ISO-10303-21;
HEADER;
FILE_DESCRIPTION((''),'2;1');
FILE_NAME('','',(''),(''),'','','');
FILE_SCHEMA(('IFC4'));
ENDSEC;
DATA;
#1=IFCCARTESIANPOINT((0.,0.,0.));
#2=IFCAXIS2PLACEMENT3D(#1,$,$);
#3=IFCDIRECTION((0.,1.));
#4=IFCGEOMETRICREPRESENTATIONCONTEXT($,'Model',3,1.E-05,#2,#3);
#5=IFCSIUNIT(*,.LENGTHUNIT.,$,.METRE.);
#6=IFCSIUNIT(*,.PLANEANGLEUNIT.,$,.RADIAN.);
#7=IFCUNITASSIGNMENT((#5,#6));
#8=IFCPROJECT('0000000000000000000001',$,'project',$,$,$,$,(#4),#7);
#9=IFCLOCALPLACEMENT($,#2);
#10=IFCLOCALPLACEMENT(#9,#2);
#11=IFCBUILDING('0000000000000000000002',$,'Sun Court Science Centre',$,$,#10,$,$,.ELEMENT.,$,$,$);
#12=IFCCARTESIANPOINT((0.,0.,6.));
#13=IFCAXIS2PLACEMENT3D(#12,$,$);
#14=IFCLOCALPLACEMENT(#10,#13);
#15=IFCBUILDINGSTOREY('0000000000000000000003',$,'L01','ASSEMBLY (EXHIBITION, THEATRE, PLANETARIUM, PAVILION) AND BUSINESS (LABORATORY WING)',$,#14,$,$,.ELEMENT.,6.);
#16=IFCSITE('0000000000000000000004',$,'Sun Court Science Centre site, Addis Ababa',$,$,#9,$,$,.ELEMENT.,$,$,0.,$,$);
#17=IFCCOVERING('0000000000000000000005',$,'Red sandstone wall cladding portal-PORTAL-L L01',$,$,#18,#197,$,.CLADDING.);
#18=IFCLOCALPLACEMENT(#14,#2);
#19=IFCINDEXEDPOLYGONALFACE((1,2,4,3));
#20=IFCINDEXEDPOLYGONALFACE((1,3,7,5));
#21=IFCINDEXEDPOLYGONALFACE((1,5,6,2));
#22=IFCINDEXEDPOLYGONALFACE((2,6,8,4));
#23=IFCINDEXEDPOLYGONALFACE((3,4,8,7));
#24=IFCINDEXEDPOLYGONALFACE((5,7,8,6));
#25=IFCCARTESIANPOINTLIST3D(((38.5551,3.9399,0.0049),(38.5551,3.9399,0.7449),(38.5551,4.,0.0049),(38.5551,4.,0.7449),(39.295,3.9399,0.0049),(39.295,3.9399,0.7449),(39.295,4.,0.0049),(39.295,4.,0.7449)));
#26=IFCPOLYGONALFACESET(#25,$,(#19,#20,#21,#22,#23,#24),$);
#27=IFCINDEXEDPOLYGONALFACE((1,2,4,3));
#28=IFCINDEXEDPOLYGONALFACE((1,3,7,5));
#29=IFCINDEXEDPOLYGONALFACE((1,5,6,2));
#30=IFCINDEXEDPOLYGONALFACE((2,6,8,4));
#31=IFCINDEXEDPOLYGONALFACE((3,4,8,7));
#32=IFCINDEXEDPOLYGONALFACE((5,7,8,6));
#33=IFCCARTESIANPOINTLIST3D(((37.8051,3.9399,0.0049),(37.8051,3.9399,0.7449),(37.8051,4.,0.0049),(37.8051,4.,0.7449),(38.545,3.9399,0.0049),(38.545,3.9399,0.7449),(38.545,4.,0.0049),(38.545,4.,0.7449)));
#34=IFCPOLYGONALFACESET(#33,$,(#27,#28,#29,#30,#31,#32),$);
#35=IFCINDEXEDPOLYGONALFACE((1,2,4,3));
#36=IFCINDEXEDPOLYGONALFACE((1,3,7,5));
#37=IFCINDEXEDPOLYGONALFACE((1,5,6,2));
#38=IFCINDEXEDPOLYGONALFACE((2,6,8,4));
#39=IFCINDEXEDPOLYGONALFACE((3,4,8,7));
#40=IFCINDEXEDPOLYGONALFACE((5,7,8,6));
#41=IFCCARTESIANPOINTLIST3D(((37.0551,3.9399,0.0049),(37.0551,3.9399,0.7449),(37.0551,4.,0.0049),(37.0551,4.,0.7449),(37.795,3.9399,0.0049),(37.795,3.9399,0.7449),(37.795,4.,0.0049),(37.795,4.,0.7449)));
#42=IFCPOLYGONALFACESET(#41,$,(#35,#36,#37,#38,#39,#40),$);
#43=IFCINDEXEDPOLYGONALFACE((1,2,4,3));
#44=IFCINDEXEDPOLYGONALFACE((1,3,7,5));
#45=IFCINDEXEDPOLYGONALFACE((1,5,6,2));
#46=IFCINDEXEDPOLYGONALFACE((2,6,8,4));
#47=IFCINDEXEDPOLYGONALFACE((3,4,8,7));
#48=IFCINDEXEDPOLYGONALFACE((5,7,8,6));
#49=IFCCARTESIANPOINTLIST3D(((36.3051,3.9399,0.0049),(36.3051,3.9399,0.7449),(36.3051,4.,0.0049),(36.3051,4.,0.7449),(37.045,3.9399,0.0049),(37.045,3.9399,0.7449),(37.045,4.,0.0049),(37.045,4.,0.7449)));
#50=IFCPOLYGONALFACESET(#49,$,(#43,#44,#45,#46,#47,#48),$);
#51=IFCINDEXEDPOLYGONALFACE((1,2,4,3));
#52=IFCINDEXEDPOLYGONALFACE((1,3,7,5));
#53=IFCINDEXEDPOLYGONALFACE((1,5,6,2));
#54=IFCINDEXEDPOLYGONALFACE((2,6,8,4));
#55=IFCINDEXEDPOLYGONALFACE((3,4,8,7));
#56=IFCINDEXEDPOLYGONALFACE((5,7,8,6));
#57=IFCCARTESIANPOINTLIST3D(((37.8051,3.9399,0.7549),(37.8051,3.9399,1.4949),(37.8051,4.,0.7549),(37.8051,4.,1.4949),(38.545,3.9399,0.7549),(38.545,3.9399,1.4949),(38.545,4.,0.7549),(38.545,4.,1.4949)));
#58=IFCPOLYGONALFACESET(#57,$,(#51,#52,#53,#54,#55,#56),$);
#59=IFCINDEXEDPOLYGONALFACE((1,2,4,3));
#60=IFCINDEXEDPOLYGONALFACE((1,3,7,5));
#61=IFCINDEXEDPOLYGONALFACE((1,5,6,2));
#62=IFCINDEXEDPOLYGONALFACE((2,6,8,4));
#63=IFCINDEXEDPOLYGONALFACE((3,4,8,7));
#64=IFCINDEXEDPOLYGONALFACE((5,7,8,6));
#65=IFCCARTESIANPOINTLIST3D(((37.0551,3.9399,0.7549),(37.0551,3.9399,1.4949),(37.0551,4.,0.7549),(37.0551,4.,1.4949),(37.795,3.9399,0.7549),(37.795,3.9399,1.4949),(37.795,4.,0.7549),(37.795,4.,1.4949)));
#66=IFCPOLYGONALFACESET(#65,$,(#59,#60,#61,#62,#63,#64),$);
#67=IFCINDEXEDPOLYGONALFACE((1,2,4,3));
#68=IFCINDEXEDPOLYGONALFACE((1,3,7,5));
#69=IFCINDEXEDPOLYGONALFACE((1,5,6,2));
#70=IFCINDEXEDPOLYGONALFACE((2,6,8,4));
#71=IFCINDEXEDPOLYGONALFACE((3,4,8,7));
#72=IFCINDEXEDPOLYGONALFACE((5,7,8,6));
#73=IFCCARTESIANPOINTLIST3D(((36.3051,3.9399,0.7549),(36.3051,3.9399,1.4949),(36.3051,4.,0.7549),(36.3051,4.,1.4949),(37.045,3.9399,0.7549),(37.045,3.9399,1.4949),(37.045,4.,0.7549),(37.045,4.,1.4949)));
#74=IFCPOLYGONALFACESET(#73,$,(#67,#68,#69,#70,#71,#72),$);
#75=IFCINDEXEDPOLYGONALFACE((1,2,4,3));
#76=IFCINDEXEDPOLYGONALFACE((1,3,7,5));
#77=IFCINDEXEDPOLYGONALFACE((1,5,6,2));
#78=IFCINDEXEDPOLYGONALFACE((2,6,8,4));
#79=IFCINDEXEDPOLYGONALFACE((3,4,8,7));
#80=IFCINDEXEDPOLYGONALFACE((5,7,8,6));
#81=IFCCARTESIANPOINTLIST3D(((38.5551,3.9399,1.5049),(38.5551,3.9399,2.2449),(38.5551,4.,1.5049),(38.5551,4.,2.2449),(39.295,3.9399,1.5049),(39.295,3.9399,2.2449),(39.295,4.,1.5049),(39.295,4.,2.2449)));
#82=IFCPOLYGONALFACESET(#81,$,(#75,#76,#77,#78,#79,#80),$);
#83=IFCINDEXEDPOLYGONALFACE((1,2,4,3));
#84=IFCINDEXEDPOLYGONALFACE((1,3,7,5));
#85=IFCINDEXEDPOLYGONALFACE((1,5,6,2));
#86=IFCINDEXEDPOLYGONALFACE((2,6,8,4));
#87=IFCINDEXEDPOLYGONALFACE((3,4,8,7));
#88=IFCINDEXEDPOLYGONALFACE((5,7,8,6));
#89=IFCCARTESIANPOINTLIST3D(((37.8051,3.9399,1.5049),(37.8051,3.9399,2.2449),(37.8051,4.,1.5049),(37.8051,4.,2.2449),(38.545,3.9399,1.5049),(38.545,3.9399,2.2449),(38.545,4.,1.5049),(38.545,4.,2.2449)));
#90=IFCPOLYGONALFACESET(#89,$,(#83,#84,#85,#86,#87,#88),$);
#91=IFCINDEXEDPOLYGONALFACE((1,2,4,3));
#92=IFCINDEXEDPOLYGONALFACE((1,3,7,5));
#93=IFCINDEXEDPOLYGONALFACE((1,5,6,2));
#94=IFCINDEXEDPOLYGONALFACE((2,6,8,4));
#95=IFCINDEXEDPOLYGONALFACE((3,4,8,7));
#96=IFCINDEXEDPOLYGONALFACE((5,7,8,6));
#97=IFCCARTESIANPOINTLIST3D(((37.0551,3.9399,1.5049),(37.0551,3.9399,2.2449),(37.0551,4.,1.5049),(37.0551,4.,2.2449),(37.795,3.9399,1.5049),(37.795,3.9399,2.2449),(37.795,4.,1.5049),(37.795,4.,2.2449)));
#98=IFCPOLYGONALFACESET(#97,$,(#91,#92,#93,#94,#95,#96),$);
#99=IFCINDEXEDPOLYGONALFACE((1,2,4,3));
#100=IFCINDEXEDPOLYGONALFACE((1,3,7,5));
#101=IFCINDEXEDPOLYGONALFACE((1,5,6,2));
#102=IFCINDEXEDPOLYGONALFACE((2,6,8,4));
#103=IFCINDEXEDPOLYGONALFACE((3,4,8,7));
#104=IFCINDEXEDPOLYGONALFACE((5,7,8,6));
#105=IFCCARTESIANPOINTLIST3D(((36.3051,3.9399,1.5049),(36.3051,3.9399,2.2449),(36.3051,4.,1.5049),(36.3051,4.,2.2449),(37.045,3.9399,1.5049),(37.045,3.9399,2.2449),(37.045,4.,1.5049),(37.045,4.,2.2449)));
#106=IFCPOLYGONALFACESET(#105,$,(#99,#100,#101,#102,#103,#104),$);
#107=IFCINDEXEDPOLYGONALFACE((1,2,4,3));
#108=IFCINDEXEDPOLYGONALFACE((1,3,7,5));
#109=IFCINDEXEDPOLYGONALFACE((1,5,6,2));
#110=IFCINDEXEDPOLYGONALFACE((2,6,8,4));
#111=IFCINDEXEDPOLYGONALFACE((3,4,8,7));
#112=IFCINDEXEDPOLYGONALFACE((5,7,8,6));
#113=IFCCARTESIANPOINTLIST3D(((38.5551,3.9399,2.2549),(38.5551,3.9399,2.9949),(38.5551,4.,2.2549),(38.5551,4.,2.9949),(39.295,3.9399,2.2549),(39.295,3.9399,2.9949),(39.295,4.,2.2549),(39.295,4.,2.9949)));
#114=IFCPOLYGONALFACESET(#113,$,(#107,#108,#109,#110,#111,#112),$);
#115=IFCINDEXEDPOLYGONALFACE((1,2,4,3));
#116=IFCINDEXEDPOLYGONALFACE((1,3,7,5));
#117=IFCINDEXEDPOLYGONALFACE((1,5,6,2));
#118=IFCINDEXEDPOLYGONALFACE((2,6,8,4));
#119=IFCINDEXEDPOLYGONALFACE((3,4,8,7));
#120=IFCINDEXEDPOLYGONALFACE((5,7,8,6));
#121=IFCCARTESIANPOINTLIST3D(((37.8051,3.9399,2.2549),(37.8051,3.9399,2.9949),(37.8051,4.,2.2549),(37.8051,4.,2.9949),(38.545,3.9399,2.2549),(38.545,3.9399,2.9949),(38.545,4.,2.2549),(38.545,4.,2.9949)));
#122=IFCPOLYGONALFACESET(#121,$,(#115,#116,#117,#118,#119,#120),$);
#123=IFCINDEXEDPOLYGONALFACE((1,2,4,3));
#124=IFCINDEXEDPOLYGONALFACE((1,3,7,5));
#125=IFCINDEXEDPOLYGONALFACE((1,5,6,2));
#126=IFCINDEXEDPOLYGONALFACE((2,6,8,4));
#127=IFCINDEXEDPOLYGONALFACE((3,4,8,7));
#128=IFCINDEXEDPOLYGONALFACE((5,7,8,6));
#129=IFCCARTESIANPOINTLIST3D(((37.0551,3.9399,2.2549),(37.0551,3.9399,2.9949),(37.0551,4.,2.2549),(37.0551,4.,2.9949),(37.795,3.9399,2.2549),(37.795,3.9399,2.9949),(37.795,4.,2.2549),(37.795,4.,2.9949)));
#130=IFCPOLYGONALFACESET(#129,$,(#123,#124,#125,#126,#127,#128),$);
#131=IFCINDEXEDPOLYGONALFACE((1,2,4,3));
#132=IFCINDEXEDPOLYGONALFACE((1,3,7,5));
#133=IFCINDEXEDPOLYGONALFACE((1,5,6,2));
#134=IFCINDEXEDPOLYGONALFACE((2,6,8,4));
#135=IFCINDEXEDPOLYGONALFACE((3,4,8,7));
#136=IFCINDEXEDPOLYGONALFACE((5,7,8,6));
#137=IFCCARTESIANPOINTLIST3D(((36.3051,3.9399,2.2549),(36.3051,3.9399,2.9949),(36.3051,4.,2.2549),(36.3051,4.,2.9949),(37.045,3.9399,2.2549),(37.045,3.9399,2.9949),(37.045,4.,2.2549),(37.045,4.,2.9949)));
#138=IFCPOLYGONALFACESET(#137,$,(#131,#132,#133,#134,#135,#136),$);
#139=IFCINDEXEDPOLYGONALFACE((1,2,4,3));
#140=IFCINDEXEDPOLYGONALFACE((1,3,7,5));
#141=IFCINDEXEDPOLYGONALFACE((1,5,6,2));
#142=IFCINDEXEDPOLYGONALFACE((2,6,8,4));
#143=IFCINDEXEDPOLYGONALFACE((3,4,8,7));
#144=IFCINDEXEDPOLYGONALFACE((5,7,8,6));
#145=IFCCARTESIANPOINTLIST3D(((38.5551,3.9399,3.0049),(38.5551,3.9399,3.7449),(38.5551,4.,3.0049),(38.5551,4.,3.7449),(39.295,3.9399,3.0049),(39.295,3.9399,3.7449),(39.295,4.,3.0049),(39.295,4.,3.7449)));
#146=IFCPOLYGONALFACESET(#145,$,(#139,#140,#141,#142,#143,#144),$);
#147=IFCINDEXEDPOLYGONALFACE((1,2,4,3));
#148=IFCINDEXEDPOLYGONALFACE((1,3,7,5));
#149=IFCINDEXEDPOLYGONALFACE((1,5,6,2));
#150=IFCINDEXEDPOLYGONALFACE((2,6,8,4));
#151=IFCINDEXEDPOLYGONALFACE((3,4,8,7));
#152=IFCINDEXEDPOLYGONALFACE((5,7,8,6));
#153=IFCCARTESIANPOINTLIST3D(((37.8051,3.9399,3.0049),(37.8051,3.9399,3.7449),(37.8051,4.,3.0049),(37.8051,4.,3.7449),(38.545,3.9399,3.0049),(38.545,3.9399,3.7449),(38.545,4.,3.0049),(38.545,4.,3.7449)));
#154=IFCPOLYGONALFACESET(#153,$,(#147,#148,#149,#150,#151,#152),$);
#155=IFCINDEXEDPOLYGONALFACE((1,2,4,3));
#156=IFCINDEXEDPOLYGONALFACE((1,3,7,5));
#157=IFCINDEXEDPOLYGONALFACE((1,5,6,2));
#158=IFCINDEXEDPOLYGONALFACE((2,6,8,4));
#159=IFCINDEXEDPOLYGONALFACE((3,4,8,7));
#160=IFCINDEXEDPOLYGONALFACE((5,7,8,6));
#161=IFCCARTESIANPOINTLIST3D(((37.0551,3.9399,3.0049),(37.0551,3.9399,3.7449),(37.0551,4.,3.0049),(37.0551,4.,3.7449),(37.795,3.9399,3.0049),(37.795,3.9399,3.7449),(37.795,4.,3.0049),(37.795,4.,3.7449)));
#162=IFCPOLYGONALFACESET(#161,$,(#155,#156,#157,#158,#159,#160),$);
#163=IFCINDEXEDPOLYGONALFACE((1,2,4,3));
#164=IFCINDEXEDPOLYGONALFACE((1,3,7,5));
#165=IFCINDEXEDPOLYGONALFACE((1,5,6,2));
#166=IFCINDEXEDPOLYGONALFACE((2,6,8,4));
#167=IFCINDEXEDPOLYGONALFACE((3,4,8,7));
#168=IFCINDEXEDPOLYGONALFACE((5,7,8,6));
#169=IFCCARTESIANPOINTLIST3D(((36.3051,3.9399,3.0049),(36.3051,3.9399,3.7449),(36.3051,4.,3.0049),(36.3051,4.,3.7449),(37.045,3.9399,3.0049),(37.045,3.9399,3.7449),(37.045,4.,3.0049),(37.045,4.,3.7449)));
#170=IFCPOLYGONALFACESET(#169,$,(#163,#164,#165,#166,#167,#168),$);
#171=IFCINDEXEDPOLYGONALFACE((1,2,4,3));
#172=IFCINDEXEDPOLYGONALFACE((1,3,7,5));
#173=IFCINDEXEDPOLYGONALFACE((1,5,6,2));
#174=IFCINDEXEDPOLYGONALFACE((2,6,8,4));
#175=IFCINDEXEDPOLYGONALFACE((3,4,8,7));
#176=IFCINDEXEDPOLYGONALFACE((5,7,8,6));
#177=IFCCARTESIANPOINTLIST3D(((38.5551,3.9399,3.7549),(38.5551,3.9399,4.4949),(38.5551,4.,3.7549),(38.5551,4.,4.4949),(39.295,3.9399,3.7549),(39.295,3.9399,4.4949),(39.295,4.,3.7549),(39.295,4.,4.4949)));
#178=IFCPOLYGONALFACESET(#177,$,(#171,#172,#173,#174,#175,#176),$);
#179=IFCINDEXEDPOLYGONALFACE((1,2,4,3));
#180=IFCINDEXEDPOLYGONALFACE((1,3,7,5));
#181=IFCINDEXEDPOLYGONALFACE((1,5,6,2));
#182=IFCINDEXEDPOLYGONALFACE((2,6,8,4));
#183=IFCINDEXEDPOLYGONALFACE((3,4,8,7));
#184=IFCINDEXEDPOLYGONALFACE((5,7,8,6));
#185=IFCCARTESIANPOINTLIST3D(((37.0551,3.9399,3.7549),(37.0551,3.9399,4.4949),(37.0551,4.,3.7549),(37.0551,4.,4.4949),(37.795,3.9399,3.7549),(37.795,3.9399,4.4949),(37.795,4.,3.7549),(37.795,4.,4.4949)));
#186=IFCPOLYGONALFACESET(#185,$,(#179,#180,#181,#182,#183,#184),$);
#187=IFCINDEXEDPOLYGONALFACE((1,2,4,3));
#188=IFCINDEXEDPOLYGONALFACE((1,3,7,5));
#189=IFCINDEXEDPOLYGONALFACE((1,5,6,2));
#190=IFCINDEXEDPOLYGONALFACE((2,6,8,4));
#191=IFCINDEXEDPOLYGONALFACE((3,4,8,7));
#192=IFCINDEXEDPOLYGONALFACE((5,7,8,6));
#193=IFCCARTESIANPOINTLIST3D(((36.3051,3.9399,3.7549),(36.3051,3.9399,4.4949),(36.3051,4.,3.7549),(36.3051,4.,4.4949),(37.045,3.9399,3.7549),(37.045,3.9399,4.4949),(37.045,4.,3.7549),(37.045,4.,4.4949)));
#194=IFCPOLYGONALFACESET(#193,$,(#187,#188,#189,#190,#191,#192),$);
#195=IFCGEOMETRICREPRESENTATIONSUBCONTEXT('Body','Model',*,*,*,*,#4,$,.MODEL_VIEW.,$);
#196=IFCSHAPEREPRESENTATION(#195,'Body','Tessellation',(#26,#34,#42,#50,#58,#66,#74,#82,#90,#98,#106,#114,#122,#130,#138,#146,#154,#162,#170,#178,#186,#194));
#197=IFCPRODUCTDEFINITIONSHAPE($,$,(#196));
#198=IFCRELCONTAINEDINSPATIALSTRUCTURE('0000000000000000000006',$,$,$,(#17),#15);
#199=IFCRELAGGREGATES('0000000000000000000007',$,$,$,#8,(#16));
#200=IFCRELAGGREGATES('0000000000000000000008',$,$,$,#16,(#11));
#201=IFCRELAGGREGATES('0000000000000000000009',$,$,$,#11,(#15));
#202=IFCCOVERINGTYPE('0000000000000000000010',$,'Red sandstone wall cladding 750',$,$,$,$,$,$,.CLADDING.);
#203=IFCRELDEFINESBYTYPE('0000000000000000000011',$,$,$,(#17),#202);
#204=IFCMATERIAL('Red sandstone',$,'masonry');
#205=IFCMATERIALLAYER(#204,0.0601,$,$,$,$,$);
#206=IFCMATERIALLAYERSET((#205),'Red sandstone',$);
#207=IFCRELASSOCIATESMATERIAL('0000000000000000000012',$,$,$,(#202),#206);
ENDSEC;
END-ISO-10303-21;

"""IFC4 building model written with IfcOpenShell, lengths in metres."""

from ifc_helpers import new_model, si_unit, direction, frame, origin, origin_2d, place, context, subcontext, project, spatial, rectangle, extrude, material, layer, layer_set, type_object, element, save


model = new_model("IFC4")

# Units and contexts
model_context = context("Model", 3, precision=1e-05, world=origin(), true_north=direction((0.0, 1.0)))
body_context = subcontext(model_context, "Body", "Model", "MODEL_VIEW")
ifc_project = project(units=[si_unit("LENGTHUNIT", "METRE"), si_unit("PLANEANGLEUNIT", "RADIAN")], contexts=[model_context])

# Site, building, storey
site_placement = place(None, origin())
site = spatial("IfcSite", under=ifc_project, at=site_placement, Name="Sun Court Science Centre site, Addis Ababa", CompositionType="ELEMENT", RefElevation=0.0)
building_placement = place(site_placement, origin())
building = spatial("IfcBuilding", under=site, at=building_placement, Name="Sun Court Science Centre", CompositionType="ELEMENT")
storey_placement = place(building_placement, frame((0.0, 0.0, 6.0)))
storey = spatial("IfcBuildingStorey", under=building, at=storey_placement, Name="L01", Description="ASSEMBLY (EXHIBITION, THEATRE, PLANETARIUM, PAVILION) AND BUSINESS (LABORATORY WING)", CompositionType="ELEMENT", Elevation=6.0)

# Covering
ifc_material_1 = material(Name="Red sandstone", Category="masonry")
ifc_layer_1 = layer(ifc_material_1, 0.0601)
ifc_layer_set_1 = layer_set([ifc_layer_1], Name="Red sandstone")
covering_type_1 = type_object("IfcCoveringType", Name="Red sandstone wall cladding 750", PredefinedType="CLADDING", material=ifc_layer_set_1)
covering_1_placement = place(storey_placement, frame((0.0, 0.0, -6.0)))
element("IfcCovering", 1, at=covering_1_placement, inside=storey, type_object=covering_type_1, Name="Red sandstone wall cladding portal-PORTAL-L L01", PredefinedType="CLADDING", context=body_context, shape_type="SweptSolid", body=[
    extrude(rectangle(XDim=0.74, YDim=0.0601, at=origin_2d()), frame((38.925, 3.97, 6.0049), z_axis=(0.0, 0.0, 1.0), x_axis=(-1.0, 0.0, 0.0)), (0.0, 0.0, 1.0), 0.74),
    extrude(rectangle(XDim=0.74, YDim=0.0601, at=origin_2d()), frame((38.175, 3.97, 6.0049), z_axis=(0.0, 0.0, 1.0), x_axis=(-1.0, 0.0, 0.0)), (0.0, 0.0, 1.0), 0.74),
    extrude(rectangle(XDim=0.74, YDim=0.0601, at=origin_2d()), frame((37.425, 3.97, 6.0049), z_axis=(0.0, 0.0, 1.0), x_axis=(-1.0, 0.0, 0.0)), (0.0, 0.0, 1.0), 0.74),
    extrude(rectangle(XDim=0.74, YDim=0.0601, at=origin_2d()), frame((36.675, 3.97, 6.0049), z_axis=(0.0, 0.0, 1.0), x_axis=(-1.0, 0.0, 0.0)), (0.0, 0.0, 1.0), 0.74),
    extrude(rectangle(XDim=0.74, YDim=0.0601, at=origin_2d()), frame((38.175, 3.97, 6.7549), z_axis=(0.0, 0.0, 1.0), x_axis=(-1.0, 0.0, 0.0)), (0.0, 0.0, 1.0), 0.74),
    extrude(rectangle(XDim=0.74, YDim=0.0601, at=origin_2d()), frame((37.425, 3.97, 6.7549), z_axis=(0.0, 0.0, 1.0), x_axis=(-1.0, 0.0, 0.0)), (0.0, 0.0, 1.0), 0.74),
    extrude(rectangle(XDim=0.74, YDim=0.0601, at=origin_2d()), frame((36.675, 3.97, 6.7549), z_axis=(0.0, 0.0, 1.0), x_axis=(-1.0, 0.0, 0.0)), (0.0, 0.0, 1.0), 0.74),
    extrude(rectangle(XDim=0.74, YDim=0.0601, at=origin_2d()), frame((38.925, 3.97, 7.5049), z_axis=(0.0, 0.0, 1.0), x_axis=(-1.0, 0.0, 0.0)), (0.0, 0.0, 1.0), 0.74),
    extrude(rectangle(XDim=0.74, YDim=0.0601, at=origin_2d()), frame((38.175, 3.97, 7.5049), z_axis=(0.0, 0.0, 1.0), x_axis=(-1.0, 0.0, 0.0)), (0.0, 0.0, 1.0), 0.74),
    extrude(rectangle(XDim=0.74, YDim=0.0601, at=origin_2d()), frame((37.425, 3.97, 7.5049), z_axis=(0.0, 0.0, 1.0), x_axis=(-1.0, 0.0, 0.0)), (0.0, 0.0, 1.0), 0.74),
    extrude(rectangle(XDim=0.74, YDim=0.0601, at=origin_2d()), frame((36.675, 3.97, 7.5049), z_axis=(0.0, 0.0, 1.0), x_axis=(-1.0, 0.0, 0.0)), (0.0, 0.0, 1.0), 0.74),
    extrude(rectangle(XDim=0.74, YDim=0.0601, at=origin_2d()), frame((38.925, 3.97, 8.2549), z_axis=(0.0, 0.0, 1.0), x_axis=(-1.0, 0.0, 0.0)), (0.0, 0.0, 1.0), 0.74),
    extrude(rectangle(XDim=0.74, YDim=0.0601, at=origin_2d()), frame((38.175, 3.97, 8.2549), z_axis=(0.0, 0.0, 1.0), x_axis=(-1.0, 0.0, 0.0)), (0.0, 0.0, 1.0), 0.74),
    extrude(rectangle(XDim=0.74, YDim=0.0601, at=origin_2d()), frame((37.425, 3.97, 8.2549), z_axis=(0.0, 0.0, 1.0), x_axis=(-1.0, 0.0, 0.0)), (0.0, 0.0, 1.0), 0.74),
    extrude(rectangle(XDim=0.74, YDim=0.0601, at=origin_2d()), frame((36.675, 3.97, 8.2549), z_axis=(0.0, 0.0, 1.0), x_axis=(-1.0, 0.0, 0.0)), (0.0, 0.0, 1.0), 0.74),
    extrude(rectangle(XDim=0.74, YDim=0.0601, at=origin_2d()), frame((38.925, 3.97, 9.0049), z_axis=(0.0, 0.0, 1.0), x_axis=(-1.0, 0.0, 0.0)), (0.0, 0.0, 1.0), 0.74),
    extrude(rectangle(XDim=0.74, YDim=0.0601, at=origin_2d()), frame((38.175, 3.97, 9.0049), z_axis=(0.0, 0.0, 1.0), x_axis=(-1.0, 0.0, 0.0)), (0.0, 0.0, 1.0), 0.74),
    extrude(rectangle(XDim=0.74, YDim=0.0601, at=origin_2d()), frame((37.425, 3.97, 9.0049), z_axis=(0.0, 0.0, 1.0), x_axis=(-1.0, 0.0, 0.0)), (0.0, 0.0, 1.0), 0.74),
    extrude(rectangle(XDim=0.74, YDim=0.0601, at=origin_2d()), frame((36.675, 3.97, 9.0049), z_axis=(0.0, 0.0, 1.0), x_axis=(-1.0, 0.0, 0.0)), (0.0, 0.0, 1.0), 0.74),
    extrude(rectangle(XDim=0.74, YDim=0.0601, at=origin_2d()), frame((38.925, 3.97, 9.7549), z_axis=(0.0, 0.0, 1.0), x_axis=(-1.0, 0.0, 0.0)), (0.0, 0.0, 1.0), 0.74),
    extrude(rectangle(XDim=0.74, YDim=0.0601, at=origin_2d()), frame((37.425, 3.97, 9.7549), z_axis=(0.0, 0.0, 1.0), x_axis=(-1.0, 0.0, 0.0)), (0.0, 0.0, 1.0), 0.74),
    extrude(rectangle(XDim=0.74, YDim=0.0601, at=origin_2d()), frame((36.675, 3.97, 9.7549), z_axis=(0.0, 0.0, 1.0), x_axis=(-1.0, 0.0, 0.0)), (0.0, 0.0, 1.0), 0.74),
])

save(model, "model.ifc")
